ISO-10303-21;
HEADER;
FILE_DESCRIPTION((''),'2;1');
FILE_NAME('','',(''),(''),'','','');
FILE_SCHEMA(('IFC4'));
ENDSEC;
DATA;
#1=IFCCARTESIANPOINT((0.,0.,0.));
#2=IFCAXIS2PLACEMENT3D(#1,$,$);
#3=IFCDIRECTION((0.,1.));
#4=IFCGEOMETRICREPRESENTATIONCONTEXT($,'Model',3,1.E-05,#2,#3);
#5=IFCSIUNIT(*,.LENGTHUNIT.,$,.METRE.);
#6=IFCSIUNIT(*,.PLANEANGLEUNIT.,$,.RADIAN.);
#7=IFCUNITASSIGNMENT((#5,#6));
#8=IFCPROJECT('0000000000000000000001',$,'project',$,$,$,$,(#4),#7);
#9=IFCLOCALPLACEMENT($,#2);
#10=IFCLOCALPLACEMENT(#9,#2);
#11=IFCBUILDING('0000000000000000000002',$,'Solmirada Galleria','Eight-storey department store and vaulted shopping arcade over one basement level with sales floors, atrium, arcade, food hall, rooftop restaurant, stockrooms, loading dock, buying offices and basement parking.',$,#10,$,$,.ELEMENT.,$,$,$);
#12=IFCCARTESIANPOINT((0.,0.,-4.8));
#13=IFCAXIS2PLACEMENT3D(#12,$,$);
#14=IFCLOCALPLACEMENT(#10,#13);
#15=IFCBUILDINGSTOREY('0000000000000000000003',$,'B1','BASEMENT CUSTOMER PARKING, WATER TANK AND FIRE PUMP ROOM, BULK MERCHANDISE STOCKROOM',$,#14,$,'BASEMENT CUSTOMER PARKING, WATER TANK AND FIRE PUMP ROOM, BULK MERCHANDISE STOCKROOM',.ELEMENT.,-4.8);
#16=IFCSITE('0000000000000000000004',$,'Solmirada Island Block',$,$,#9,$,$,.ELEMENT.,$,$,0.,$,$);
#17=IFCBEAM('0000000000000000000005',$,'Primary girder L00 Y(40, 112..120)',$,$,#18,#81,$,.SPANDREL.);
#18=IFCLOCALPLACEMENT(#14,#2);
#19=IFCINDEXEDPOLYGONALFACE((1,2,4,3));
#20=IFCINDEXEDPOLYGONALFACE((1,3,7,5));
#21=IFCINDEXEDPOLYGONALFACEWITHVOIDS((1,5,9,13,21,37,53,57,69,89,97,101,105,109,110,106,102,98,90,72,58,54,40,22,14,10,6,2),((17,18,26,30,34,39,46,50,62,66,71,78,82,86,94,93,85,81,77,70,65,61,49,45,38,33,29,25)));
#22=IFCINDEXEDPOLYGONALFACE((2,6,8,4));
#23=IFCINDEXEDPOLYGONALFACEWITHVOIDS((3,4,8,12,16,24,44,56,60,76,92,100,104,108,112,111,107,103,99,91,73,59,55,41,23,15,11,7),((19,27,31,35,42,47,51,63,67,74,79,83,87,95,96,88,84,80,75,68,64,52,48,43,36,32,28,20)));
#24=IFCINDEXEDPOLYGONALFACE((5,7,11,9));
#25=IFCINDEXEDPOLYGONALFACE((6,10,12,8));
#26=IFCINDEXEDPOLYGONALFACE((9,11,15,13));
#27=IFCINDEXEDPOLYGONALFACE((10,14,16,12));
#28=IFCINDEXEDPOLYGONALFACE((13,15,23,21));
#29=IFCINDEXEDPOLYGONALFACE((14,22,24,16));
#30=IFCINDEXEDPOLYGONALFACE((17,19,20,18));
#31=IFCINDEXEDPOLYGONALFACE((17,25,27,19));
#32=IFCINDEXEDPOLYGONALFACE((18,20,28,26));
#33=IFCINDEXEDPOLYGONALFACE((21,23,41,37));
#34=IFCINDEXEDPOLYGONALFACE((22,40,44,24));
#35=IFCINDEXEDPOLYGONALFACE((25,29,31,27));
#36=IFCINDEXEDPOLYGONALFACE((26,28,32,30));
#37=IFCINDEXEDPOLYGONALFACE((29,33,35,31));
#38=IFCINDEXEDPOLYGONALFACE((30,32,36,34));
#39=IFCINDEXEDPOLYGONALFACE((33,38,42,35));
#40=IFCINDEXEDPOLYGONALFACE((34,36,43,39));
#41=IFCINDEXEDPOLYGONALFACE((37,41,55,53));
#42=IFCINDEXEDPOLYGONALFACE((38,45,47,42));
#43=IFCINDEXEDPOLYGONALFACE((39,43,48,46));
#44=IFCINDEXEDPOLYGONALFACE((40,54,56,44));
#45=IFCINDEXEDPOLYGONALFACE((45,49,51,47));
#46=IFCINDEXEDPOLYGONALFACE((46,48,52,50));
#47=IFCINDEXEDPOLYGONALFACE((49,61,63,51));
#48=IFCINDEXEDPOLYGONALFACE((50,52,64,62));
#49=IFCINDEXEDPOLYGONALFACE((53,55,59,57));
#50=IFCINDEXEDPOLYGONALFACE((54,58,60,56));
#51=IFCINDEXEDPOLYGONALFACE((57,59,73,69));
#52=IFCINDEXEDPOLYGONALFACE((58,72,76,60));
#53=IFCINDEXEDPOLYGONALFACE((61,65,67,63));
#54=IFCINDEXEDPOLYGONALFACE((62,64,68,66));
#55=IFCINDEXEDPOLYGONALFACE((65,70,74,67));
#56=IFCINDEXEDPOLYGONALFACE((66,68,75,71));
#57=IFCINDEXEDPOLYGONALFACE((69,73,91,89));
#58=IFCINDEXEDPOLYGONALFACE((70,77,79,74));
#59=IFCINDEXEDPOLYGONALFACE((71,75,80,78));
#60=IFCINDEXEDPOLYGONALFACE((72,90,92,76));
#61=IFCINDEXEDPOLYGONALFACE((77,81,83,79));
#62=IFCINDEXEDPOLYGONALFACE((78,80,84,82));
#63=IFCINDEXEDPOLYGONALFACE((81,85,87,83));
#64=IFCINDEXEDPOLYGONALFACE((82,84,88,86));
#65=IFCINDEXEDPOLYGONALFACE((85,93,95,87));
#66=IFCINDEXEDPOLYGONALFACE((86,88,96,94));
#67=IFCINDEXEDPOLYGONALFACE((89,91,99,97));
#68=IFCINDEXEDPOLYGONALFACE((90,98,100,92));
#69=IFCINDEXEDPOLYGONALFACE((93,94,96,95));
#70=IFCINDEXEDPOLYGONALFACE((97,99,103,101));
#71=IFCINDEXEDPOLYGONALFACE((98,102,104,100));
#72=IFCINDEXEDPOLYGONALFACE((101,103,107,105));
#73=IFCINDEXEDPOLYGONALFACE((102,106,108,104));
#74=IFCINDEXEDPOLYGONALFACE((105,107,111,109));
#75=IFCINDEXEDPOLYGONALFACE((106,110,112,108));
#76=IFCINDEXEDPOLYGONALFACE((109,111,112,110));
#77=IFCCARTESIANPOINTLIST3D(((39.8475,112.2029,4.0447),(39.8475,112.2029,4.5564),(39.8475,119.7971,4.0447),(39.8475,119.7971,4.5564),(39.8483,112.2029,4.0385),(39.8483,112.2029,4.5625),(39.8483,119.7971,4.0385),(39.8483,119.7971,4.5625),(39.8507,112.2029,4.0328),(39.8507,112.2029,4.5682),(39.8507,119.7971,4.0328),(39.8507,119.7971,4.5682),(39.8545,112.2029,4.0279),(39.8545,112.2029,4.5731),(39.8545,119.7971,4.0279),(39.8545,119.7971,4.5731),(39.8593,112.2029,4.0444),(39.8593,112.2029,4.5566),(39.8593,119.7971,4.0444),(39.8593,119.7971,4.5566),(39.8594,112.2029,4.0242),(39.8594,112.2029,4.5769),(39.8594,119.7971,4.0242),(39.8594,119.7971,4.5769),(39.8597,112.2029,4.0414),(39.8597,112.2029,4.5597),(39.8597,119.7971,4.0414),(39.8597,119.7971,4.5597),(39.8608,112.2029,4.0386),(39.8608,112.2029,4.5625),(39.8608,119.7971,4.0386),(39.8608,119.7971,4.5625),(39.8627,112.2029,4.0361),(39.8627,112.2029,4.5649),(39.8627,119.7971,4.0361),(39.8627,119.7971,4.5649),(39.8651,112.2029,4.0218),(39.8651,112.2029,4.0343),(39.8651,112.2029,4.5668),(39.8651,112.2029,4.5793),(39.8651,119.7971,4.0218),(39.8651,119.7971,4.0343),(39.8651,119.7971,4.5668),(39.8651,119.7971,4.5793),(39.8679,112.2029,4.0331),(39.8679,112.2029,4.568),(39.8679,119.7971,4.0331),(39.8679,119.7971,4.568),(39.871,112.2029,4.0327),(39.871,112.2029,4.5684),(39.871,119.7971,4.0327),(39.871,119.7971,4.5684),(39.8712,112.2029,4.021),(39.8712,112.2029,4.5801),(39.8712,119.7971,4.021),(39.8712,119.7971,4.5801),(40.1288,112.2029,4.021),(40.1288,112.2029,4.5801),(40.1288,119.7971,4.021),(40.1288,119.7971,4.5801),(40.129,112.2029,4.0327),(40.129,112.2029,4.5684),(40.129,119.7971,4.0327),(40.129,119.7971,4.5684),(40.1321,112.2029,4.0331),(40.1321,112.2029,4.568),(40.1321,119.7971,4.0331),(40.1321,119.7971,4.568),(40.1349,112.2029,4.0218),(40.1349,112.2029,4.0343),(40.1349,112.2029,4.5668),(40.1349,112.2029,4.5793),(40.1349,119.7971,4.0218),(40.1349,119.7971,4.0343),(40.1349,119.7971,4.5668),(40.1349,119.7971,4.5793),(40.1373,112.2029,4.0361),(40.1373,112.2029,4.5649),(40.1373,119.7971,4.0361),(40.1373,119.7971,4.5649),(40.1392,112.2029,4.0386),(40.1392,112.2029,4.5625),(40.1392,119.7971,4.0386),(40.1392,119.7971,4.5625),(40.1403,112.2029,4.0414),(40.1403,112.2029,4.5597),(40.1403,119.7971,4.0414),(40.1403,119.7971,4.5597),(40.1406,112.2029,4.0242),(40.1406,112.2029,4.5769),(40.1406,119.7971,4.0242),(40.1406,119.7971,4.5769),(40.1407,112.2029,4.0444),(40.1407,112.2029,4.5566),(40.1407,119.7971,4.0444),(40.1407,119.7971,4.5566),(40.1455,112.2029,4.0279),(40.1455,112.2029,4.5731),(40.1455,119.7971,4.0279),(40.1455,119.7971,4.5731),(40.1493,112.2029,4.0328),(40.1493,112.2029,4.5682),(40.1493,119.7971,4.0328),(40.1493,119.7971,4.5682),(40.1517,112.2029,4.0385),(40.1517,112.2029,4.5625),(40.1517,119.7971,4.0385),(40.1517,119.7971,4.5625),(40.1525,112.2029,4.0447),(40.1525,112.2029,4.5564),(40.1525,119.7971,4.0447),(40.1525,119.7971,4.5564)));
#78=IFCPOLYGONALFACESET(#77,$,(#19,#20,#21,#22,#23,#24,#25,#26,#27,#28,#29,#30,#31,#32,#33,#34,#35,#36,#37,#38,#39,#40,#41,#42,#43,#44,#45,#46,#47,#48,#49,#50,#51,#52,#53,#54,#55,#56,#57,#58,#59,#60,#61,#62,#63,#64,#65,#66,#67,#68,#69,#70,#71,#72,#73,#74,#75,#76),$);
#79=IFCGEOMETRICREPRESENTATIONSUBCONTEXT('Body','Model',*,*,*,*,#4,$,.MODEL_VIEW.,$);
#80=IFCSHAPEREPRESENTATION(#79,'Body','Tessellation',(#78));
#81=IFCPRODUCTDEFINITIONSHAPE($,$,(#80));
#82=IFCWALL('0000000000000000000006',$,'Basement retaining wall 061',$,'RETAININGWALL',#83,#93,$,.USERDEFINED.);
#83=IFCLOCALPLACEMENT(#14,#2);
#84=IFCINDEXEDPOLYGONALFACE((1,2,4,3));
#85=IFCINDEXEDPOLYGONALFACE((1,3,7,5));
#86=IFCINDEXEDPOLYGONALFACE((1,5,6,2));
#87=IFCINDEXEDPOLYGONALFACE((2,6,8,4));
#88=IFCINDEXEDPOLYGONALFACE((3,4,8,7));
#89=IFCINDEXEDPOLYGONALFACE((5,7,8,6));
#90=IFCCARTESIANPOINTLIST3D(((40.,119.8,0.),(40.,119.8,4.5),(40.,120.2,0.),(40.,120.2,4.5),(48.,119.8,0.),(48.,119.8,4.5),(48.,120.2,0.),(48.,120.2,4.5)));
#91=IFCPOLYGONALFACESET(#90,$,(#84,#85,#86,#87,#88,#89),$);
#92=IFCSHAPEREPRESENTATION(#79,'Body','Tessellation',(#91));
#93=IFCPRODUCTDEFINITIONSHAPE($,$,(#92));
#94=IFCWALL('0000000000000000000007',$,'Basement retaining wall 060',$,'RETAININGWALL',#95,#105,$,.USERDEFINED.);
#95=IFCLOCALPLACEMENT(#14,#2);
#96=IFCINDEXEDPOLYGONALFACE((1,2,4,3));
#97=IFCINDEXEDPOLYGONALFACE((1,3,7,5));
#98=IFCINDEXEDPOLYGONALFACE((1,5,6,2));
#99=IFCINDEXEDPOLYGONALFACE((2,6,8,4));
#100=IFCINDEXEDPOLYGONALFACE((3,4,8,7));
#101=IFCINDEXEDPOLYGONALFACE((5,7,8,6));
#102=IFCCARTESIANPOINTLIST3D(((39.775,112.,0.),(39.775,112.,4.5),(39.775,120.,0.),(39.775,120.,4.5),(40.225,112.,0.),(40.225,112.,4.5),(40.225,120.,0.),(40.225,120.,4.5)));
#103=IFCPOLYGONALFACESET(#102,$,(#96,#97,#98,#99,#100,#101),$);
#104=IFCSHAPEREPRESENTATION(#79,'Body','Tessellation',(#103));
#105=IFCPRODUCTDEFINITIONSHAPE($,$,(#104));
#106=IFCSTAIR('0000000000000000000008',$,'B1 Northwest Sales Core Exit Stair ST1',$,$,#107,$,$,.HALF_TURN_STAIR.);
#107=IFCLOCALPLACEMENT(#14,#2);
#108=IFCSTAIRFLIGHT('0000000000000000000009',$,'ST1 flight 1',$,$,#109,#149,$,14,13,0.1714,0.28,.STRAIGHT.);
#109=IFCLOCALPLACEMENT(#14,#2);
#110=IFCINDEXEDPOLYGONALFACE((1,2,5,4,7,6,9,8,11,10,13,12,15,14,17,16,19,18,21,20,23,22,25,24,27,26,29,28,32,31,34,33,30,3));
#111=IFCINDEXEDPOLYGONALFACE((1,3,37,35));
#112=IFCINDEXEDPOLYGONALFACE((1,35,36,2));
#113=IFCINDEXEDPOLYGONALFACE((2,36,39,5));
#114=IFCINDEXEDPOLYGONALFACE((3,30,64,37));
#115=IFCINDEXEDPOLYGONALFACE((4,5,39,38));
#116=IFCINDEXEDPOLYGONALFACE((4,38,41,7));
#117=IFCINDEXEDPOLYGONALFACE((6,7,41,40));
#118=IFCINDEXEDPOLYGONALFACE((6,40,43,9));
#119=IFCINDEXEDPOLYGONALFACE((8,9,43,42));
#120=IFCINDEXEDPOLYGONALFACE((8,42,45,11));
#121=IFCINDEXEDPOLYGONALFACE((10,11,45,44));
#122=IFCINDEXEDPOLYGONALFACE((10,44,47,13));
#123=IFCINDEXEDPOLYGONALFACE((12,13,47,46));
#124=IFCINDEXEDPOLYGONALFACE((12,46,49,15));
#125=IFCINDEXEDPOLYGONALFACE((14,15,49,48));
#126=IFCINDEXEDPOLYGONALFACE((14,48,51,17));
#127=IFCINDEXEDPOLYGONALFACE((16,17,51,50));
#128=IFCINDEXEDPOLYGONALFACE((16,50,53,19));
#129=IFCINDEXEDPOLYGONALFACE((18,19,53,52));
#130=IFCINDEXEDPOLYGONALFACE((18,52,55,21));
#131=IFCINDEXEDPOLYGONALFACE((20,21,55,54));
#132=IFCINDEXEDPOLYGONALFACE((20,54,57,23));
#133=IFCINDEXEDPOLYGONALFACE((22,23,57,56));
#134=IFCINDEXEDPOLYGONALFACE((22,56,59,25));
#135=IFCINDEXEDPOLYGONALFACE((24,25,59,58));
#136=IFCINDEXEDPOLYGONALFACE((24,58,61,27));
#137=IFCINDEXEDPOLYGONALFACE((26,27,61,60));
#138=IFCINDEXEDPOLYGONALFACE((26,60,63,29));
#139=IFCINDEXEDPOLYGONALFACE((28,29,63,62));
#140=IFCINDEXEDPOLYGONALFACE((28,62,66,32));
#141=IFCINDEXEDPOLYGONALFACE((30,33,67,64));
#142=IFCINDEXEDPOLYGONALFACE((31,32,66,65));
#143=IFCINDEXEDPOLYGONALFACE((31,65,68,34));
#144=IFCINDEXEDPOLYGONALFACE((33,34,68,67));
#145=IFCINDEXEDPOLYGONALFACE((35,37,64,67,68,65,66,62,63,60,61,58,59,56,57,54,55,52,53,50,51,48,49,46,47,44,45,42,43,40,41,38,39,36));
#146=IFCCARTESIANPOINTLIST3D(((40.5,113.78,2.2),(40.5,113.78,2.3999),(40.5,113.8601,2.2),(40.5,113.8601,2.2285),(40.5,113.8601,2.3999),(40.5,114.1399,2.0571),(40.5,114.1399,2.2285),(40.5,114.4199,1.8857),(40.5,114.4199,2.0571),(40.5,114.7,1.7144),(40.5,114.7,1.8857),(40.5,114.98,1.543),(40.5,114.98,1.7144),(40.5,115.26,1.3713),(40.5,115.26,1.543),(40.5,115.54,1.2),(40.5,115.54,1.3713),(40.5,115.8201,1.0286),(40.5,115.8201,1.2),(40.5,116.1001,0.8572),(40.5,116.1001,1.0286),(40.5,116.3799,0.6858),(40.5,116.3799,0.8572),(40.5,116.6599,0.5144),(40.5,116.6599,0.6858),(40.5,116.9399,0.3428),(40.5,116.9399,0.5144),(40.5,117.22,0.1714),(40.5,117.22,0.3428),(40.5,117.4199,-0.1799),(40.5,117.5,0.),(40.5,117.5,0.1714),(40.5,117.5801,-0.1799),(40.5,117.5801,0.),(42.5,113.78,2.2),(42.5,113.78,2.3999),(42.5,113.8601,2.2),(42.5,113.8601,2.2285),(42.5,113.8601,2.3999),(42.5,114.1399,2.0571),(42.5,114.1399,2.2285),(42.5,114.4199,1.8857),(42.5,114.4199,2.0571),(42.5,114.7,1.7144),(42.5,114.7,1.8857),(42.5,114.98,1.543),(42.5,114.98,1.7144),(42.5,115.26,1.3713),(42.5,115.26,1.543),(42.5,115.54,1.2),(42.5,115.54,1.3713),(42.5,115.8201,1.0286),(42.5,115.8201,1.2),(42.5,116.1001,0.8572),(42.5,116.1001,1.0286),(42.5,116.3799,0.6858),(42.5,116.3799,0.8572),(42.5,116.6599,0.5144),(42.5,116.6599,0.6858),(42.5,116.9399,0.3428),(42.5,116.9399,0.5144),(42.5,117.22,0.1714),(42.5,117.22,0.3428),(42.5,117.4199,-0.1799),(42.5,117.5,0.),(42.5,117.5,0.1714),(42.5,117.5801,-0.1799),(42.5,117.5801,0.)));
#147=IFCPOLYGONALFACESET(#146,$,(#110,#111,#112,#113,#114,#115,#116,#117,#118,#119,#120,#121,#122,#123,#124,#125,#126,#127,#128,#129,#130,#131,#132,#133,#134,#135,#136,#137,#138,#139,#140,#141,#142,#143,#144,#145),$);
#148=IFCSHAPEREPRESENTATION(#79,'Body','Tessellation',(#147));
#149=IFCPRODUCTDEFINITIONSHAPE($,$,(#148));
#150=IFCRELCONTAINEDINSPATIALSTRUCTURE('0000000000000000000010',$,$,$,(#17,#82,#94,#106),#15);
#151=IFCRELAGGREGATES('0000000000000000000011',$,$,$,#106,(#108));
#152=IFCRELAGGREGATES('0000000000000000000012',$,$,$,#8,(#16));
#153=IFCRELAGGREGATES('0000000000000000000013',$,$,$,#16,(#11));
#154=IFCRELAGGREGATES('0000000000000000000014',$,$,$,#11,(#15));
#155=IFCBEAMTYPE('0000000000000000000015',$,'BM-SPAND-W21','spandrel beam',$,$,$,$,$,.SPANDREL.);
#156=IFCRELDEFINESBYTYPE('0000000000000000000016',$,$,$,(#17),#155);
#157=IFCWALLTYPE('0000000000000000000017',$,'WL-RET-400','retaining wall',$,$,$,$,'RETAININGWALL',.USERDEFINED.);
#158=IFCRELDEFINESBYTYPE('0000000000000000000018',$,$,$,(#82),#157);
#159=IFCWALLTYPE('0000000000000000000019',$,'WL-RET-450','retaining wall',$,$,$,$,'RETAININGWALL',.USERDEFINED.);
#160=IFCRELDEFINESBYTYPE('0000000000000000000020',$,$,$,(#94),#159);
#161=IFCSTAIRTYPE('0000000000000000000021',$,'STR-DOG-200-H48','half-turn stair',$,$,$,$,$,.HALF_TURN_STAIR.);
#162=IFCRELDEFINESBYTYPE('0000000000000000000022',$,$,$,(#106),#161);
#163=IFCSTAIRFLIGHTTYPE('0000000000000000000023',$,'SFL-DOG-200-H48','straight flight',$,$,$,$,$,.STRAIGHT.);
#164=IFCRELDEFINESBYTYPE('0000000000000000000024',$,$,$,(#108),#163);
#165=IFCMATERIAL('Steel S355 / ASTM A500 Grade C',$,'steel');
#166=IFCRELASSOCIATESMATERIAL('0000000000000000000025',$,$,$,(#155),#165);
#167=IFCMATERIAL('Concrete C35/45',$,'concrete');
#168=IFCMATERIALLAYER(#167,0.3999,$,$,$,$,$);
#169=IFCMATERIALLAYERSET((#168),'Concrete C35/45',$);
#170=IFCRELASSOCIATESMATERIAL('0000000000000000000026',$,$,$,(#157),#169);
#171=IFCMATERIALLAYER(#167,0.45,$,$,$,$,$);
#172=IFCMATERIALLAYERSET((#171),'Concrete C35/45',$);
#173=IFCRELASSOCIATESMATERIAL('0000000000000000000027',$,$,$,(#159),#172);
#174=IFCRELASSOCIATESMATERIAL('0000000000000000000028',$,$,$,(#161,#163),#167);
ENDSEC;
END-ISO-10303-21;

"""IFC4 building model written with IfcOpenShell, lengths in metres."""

from ifc_helpers import new_model, si_unit, direction, frame, frame_2d, origin, origin_2d, place, context, subcontext, project, spatial, polyline, rectangle, hollow_rectangle, outline, extrude, material, layer, layer_set, material_profile, profile_set, type_object, element, aggregate, save


model = new_model("IFC4")

# Units and contexts
model_context = context("Model", 3, precision=1e-05, world=origin(), true_north=direction((0.0, 1.0)))
body_context = subcontext(model_context, "Body", "Model", "MODEL_VIEW")
ifc_project = project(units=[si_unit("LENGTHUNIT", "METRE"), si_unit("PLANEANGLEUNIT", "RADIAN")], contexts=[model_context])

# Site, building, storey
site_placement = place(None, origin())
site = spatial("IfcSite", under=ifc_project, at=site_placement, Name="Solmirada Island Block", CompositionType="ELEMENT", RefElevation=0.0)
building_placement = place(site_placement, origin())
building = spatial("IfcBuilding", under=site, at=building_placement, Name="Solmirada Galleria", Description="Eight-storey department store and vaulted shopping arcade over one basement level with sales floors, atrium, arcade, food hall, rooftop restaurant, stockrooms, loading dock, buying offices and basement parking.", CompositionType="ELEMENT")
storey_placement = place(building_placement, frame((0.0, 0.0, -4.8)))
storey = spatial("IfcBuildingStorey", under=building, at=storey_placement, Name="B1", Description="BASEMENT CUSTOMER PARKING, WATER TANK AND FIRE PUMP ROOM, BULK MERCHANDISE STOCKROOM", LongName="BASEMENT CUSTOMER PARKING, WATER TANK AND FIRE PUMP ROOM, BULK MERCHANDISE STOCKROOM", CompositionType="ELEMENT", Elevation=-4.8)

# Shared definitions
ifc_material_1 = material(Name="Concrete C35/45", Category="concrete")

# Shared definitions
ifc_material_2 = material(Name="Steel S355 / ASTM A500 Grade C", Category="steel")

# Beam
ifc_material_profile_1 = material_profile(ifc_material_2, hollow_rectangle(XDim=0.3049, YDim=0.5591, WallThickness=0.0117, InnerFilletRadius=0.0117, OuterFilletRadius=0.0237, at=origin_2d()), Name="HSS22X12X1/2")
ifc_profile_set_1 = profile_set([ifc_material_profile_1], Name="Steel S355 / ASTM A500 Grade C")
beam_type = type_object("IfcBeamType", Name="BM-SPAND-W21", Description="spandrel beam", PredefinedType="SPANDREL", material=ifc_profile_set_1)
for number, where, z_axis, x_axis, name in (
    (1, (40.0, 112.2029, 4.3005), (0.0, 1.0, 0.0), (-1.0, 0.0, 0.0), "Primary girder L00 Y(40, 112..120)"),
):
    element("IfcBeam", number, at=place(storey_placement, frame(where, z_axis=z_axis, x_axis=x_axis)), inside=storey, type_object=beam_type, Name=name, PredefinedType="SPANDREL", context=body_context, shape_type="SweptSolid", body=[
        extrude(hollow_rectangle(XDim=0.3049, YDim=0.5591, WallThickness=0.0117, InnerFilletRadius=0.0117, OuterFilletRadius=0.0237, at=origin_2d()), origin(), (0.0, 0.0, 1.0), 7.5942),
    ])

# Walls
ifc_layer_1 = layer(ifc_material_1, 0.3999)
ifc_layer_set_1 = layer_set([ifc_layer_1], Name="Concrete C35/45")
wall_type_1 = type_object("IfcWallType", Name="WL-RET-400", Description="retaining wall", ElementType="RETAININGWALL", PredefinedType="USERDEFINED", material=ifc_layer_set_1)
wall_1_placement = place(storey_placement, frame((40.0, 120.0, 0.0), z_axis=(0.0, 0.0, 1.0), x_axis=(1.0, 0.0, 0.0)))
element("IfcWall", 2, at=wall_1_placement, inside=storey, type_object=wall_type_1, Name="Basement retaining wall 061", ObjectType="RETAININGWALL", PredefinedType="USERDEFINED", context=body_context, shape_type="SweptSolid", body=[
    extrude(rectangle(XDim=8.0, YDim=0.3999, at=frame_2d((4.0, 0.0))), origin(), (0.0, 0.0, 1.0), 4.5),
])
ifc_layer_2 = layer(ifc_material_1, 0.45)
ifc_layer_set_2 = layer_set([ifc_layer_2], Name="Concrete C35/45")
wall_type_2 = type_object("IfcWallType", Name="WL-RET-450", Description="retaining wall", ElementType="RETAININGWALL", PredefinedType="USERDEFINED", material=ifc_layer_set_2)
wall_2_placement = place(storey_placement, frame((40.0, 112.0, 0.0), z_axis=(0.0, 0.0, 1.0), x_axis=(0.0, 1.0, 0.0)))
element("IfcWall", 3, at=wall_2_placement, inside=storey, type_object=wall_type_2, Name="Basement retaining wall 060", ObjectType="RETAININGWALL", PredefinedType="USERDEFINED", context=body_context, shape_type="SweptSolid", body=[
    extrude(rectangle(XDim=8.0, YDim=0.45, at=frame_2d((4.0, 0.0))), origin(), (0.0, 0.0, 1.0), 4.5),
])

# Stair, stair flight
stair_type = type_object("IfcStairType", Name="STR-DOG-200-H48", Description="half-turn stair", PredefinedType="HALF_TURN_STAIR", material=ifc_material_1)
stair_placement = place(storey_placement, origin())
stair = element("IfcStair", 4, at=stair_placement, inside=storey, type_object=stair_type, Name="B1 Northwest Sales Core Exit Stair ST1", PredefinedType="HALF_TURN_STAIR")
stair_flight_type = type_object("IfcStairFlightType", Name="SFL-DOG-200-H48", Description="straight flight", PredefinedType="STRAIGHT", material=ifc_material_1)
stair_flight_1_placement = place(storey_placement, frame((41.5, 117.5, 0.0), z_axis=(0.0, 0.0, 1.0), x_axis=(0.0, -1.0, 0.0)))
stair_flight_1 = element("IfcStairFlight", 5, at=stair_flight_1_placement, type_object=stair_flight_type, Name="ST1 flight 1", NumberOfRisers=14, NumberOfTreads=13, PredefinedType="STRAIGHT", RiserHeight=0.1714, TreadLength=0.28, context=body_context, shape_type="SweptSolid", body=[
    extrude(outline(polyline([(-0.0801, 0.0), (0.0, 0.0), (0.0, 0.1714), (0.28, 0.1714), (0.28, 0.3428), (0.5601, 0.3428), (0.5601, 0.5144), (0.8401, 0.5144), (0.8401, 0.6858), (1.1201, 0.6858), (1.1201, 0.8572), (1.3999, 0.8572), (1.3999, 1.0286), (1.6799, 1.0286), (1.6799, 1.2), (1.96, 1.2), (1.96, 1.3713), (2.24, 1.3713), (2.24, 1.543), (2.52, 1.543), (2.52, 1.7144), (2.8, 1.7144), (2.8, 1.8857), (3.0801, 1.8857), (3.0801, 2.0571), (3.3601, 2.0571), (3.3601, 2.2285), (3.6399, 2.2285), (3.6399, 2.3999), (3.72, 2.3999), (3.72, 2.2), (3.6399, 2.2), (0.0801, -0.1799), (-0.0801, -0.1799), (-0.0801, 0.0)])), frame((0.0, 1.0, 0.0), z_axis=(0.0, -1.0, 0.0), x_axis=(1.0, 0.0, 0.0)), (0.0, 0.0, 1.0), 2.0),
])
aggregate(stair, [stair_flight_1])

save(model, "model.ifc")
